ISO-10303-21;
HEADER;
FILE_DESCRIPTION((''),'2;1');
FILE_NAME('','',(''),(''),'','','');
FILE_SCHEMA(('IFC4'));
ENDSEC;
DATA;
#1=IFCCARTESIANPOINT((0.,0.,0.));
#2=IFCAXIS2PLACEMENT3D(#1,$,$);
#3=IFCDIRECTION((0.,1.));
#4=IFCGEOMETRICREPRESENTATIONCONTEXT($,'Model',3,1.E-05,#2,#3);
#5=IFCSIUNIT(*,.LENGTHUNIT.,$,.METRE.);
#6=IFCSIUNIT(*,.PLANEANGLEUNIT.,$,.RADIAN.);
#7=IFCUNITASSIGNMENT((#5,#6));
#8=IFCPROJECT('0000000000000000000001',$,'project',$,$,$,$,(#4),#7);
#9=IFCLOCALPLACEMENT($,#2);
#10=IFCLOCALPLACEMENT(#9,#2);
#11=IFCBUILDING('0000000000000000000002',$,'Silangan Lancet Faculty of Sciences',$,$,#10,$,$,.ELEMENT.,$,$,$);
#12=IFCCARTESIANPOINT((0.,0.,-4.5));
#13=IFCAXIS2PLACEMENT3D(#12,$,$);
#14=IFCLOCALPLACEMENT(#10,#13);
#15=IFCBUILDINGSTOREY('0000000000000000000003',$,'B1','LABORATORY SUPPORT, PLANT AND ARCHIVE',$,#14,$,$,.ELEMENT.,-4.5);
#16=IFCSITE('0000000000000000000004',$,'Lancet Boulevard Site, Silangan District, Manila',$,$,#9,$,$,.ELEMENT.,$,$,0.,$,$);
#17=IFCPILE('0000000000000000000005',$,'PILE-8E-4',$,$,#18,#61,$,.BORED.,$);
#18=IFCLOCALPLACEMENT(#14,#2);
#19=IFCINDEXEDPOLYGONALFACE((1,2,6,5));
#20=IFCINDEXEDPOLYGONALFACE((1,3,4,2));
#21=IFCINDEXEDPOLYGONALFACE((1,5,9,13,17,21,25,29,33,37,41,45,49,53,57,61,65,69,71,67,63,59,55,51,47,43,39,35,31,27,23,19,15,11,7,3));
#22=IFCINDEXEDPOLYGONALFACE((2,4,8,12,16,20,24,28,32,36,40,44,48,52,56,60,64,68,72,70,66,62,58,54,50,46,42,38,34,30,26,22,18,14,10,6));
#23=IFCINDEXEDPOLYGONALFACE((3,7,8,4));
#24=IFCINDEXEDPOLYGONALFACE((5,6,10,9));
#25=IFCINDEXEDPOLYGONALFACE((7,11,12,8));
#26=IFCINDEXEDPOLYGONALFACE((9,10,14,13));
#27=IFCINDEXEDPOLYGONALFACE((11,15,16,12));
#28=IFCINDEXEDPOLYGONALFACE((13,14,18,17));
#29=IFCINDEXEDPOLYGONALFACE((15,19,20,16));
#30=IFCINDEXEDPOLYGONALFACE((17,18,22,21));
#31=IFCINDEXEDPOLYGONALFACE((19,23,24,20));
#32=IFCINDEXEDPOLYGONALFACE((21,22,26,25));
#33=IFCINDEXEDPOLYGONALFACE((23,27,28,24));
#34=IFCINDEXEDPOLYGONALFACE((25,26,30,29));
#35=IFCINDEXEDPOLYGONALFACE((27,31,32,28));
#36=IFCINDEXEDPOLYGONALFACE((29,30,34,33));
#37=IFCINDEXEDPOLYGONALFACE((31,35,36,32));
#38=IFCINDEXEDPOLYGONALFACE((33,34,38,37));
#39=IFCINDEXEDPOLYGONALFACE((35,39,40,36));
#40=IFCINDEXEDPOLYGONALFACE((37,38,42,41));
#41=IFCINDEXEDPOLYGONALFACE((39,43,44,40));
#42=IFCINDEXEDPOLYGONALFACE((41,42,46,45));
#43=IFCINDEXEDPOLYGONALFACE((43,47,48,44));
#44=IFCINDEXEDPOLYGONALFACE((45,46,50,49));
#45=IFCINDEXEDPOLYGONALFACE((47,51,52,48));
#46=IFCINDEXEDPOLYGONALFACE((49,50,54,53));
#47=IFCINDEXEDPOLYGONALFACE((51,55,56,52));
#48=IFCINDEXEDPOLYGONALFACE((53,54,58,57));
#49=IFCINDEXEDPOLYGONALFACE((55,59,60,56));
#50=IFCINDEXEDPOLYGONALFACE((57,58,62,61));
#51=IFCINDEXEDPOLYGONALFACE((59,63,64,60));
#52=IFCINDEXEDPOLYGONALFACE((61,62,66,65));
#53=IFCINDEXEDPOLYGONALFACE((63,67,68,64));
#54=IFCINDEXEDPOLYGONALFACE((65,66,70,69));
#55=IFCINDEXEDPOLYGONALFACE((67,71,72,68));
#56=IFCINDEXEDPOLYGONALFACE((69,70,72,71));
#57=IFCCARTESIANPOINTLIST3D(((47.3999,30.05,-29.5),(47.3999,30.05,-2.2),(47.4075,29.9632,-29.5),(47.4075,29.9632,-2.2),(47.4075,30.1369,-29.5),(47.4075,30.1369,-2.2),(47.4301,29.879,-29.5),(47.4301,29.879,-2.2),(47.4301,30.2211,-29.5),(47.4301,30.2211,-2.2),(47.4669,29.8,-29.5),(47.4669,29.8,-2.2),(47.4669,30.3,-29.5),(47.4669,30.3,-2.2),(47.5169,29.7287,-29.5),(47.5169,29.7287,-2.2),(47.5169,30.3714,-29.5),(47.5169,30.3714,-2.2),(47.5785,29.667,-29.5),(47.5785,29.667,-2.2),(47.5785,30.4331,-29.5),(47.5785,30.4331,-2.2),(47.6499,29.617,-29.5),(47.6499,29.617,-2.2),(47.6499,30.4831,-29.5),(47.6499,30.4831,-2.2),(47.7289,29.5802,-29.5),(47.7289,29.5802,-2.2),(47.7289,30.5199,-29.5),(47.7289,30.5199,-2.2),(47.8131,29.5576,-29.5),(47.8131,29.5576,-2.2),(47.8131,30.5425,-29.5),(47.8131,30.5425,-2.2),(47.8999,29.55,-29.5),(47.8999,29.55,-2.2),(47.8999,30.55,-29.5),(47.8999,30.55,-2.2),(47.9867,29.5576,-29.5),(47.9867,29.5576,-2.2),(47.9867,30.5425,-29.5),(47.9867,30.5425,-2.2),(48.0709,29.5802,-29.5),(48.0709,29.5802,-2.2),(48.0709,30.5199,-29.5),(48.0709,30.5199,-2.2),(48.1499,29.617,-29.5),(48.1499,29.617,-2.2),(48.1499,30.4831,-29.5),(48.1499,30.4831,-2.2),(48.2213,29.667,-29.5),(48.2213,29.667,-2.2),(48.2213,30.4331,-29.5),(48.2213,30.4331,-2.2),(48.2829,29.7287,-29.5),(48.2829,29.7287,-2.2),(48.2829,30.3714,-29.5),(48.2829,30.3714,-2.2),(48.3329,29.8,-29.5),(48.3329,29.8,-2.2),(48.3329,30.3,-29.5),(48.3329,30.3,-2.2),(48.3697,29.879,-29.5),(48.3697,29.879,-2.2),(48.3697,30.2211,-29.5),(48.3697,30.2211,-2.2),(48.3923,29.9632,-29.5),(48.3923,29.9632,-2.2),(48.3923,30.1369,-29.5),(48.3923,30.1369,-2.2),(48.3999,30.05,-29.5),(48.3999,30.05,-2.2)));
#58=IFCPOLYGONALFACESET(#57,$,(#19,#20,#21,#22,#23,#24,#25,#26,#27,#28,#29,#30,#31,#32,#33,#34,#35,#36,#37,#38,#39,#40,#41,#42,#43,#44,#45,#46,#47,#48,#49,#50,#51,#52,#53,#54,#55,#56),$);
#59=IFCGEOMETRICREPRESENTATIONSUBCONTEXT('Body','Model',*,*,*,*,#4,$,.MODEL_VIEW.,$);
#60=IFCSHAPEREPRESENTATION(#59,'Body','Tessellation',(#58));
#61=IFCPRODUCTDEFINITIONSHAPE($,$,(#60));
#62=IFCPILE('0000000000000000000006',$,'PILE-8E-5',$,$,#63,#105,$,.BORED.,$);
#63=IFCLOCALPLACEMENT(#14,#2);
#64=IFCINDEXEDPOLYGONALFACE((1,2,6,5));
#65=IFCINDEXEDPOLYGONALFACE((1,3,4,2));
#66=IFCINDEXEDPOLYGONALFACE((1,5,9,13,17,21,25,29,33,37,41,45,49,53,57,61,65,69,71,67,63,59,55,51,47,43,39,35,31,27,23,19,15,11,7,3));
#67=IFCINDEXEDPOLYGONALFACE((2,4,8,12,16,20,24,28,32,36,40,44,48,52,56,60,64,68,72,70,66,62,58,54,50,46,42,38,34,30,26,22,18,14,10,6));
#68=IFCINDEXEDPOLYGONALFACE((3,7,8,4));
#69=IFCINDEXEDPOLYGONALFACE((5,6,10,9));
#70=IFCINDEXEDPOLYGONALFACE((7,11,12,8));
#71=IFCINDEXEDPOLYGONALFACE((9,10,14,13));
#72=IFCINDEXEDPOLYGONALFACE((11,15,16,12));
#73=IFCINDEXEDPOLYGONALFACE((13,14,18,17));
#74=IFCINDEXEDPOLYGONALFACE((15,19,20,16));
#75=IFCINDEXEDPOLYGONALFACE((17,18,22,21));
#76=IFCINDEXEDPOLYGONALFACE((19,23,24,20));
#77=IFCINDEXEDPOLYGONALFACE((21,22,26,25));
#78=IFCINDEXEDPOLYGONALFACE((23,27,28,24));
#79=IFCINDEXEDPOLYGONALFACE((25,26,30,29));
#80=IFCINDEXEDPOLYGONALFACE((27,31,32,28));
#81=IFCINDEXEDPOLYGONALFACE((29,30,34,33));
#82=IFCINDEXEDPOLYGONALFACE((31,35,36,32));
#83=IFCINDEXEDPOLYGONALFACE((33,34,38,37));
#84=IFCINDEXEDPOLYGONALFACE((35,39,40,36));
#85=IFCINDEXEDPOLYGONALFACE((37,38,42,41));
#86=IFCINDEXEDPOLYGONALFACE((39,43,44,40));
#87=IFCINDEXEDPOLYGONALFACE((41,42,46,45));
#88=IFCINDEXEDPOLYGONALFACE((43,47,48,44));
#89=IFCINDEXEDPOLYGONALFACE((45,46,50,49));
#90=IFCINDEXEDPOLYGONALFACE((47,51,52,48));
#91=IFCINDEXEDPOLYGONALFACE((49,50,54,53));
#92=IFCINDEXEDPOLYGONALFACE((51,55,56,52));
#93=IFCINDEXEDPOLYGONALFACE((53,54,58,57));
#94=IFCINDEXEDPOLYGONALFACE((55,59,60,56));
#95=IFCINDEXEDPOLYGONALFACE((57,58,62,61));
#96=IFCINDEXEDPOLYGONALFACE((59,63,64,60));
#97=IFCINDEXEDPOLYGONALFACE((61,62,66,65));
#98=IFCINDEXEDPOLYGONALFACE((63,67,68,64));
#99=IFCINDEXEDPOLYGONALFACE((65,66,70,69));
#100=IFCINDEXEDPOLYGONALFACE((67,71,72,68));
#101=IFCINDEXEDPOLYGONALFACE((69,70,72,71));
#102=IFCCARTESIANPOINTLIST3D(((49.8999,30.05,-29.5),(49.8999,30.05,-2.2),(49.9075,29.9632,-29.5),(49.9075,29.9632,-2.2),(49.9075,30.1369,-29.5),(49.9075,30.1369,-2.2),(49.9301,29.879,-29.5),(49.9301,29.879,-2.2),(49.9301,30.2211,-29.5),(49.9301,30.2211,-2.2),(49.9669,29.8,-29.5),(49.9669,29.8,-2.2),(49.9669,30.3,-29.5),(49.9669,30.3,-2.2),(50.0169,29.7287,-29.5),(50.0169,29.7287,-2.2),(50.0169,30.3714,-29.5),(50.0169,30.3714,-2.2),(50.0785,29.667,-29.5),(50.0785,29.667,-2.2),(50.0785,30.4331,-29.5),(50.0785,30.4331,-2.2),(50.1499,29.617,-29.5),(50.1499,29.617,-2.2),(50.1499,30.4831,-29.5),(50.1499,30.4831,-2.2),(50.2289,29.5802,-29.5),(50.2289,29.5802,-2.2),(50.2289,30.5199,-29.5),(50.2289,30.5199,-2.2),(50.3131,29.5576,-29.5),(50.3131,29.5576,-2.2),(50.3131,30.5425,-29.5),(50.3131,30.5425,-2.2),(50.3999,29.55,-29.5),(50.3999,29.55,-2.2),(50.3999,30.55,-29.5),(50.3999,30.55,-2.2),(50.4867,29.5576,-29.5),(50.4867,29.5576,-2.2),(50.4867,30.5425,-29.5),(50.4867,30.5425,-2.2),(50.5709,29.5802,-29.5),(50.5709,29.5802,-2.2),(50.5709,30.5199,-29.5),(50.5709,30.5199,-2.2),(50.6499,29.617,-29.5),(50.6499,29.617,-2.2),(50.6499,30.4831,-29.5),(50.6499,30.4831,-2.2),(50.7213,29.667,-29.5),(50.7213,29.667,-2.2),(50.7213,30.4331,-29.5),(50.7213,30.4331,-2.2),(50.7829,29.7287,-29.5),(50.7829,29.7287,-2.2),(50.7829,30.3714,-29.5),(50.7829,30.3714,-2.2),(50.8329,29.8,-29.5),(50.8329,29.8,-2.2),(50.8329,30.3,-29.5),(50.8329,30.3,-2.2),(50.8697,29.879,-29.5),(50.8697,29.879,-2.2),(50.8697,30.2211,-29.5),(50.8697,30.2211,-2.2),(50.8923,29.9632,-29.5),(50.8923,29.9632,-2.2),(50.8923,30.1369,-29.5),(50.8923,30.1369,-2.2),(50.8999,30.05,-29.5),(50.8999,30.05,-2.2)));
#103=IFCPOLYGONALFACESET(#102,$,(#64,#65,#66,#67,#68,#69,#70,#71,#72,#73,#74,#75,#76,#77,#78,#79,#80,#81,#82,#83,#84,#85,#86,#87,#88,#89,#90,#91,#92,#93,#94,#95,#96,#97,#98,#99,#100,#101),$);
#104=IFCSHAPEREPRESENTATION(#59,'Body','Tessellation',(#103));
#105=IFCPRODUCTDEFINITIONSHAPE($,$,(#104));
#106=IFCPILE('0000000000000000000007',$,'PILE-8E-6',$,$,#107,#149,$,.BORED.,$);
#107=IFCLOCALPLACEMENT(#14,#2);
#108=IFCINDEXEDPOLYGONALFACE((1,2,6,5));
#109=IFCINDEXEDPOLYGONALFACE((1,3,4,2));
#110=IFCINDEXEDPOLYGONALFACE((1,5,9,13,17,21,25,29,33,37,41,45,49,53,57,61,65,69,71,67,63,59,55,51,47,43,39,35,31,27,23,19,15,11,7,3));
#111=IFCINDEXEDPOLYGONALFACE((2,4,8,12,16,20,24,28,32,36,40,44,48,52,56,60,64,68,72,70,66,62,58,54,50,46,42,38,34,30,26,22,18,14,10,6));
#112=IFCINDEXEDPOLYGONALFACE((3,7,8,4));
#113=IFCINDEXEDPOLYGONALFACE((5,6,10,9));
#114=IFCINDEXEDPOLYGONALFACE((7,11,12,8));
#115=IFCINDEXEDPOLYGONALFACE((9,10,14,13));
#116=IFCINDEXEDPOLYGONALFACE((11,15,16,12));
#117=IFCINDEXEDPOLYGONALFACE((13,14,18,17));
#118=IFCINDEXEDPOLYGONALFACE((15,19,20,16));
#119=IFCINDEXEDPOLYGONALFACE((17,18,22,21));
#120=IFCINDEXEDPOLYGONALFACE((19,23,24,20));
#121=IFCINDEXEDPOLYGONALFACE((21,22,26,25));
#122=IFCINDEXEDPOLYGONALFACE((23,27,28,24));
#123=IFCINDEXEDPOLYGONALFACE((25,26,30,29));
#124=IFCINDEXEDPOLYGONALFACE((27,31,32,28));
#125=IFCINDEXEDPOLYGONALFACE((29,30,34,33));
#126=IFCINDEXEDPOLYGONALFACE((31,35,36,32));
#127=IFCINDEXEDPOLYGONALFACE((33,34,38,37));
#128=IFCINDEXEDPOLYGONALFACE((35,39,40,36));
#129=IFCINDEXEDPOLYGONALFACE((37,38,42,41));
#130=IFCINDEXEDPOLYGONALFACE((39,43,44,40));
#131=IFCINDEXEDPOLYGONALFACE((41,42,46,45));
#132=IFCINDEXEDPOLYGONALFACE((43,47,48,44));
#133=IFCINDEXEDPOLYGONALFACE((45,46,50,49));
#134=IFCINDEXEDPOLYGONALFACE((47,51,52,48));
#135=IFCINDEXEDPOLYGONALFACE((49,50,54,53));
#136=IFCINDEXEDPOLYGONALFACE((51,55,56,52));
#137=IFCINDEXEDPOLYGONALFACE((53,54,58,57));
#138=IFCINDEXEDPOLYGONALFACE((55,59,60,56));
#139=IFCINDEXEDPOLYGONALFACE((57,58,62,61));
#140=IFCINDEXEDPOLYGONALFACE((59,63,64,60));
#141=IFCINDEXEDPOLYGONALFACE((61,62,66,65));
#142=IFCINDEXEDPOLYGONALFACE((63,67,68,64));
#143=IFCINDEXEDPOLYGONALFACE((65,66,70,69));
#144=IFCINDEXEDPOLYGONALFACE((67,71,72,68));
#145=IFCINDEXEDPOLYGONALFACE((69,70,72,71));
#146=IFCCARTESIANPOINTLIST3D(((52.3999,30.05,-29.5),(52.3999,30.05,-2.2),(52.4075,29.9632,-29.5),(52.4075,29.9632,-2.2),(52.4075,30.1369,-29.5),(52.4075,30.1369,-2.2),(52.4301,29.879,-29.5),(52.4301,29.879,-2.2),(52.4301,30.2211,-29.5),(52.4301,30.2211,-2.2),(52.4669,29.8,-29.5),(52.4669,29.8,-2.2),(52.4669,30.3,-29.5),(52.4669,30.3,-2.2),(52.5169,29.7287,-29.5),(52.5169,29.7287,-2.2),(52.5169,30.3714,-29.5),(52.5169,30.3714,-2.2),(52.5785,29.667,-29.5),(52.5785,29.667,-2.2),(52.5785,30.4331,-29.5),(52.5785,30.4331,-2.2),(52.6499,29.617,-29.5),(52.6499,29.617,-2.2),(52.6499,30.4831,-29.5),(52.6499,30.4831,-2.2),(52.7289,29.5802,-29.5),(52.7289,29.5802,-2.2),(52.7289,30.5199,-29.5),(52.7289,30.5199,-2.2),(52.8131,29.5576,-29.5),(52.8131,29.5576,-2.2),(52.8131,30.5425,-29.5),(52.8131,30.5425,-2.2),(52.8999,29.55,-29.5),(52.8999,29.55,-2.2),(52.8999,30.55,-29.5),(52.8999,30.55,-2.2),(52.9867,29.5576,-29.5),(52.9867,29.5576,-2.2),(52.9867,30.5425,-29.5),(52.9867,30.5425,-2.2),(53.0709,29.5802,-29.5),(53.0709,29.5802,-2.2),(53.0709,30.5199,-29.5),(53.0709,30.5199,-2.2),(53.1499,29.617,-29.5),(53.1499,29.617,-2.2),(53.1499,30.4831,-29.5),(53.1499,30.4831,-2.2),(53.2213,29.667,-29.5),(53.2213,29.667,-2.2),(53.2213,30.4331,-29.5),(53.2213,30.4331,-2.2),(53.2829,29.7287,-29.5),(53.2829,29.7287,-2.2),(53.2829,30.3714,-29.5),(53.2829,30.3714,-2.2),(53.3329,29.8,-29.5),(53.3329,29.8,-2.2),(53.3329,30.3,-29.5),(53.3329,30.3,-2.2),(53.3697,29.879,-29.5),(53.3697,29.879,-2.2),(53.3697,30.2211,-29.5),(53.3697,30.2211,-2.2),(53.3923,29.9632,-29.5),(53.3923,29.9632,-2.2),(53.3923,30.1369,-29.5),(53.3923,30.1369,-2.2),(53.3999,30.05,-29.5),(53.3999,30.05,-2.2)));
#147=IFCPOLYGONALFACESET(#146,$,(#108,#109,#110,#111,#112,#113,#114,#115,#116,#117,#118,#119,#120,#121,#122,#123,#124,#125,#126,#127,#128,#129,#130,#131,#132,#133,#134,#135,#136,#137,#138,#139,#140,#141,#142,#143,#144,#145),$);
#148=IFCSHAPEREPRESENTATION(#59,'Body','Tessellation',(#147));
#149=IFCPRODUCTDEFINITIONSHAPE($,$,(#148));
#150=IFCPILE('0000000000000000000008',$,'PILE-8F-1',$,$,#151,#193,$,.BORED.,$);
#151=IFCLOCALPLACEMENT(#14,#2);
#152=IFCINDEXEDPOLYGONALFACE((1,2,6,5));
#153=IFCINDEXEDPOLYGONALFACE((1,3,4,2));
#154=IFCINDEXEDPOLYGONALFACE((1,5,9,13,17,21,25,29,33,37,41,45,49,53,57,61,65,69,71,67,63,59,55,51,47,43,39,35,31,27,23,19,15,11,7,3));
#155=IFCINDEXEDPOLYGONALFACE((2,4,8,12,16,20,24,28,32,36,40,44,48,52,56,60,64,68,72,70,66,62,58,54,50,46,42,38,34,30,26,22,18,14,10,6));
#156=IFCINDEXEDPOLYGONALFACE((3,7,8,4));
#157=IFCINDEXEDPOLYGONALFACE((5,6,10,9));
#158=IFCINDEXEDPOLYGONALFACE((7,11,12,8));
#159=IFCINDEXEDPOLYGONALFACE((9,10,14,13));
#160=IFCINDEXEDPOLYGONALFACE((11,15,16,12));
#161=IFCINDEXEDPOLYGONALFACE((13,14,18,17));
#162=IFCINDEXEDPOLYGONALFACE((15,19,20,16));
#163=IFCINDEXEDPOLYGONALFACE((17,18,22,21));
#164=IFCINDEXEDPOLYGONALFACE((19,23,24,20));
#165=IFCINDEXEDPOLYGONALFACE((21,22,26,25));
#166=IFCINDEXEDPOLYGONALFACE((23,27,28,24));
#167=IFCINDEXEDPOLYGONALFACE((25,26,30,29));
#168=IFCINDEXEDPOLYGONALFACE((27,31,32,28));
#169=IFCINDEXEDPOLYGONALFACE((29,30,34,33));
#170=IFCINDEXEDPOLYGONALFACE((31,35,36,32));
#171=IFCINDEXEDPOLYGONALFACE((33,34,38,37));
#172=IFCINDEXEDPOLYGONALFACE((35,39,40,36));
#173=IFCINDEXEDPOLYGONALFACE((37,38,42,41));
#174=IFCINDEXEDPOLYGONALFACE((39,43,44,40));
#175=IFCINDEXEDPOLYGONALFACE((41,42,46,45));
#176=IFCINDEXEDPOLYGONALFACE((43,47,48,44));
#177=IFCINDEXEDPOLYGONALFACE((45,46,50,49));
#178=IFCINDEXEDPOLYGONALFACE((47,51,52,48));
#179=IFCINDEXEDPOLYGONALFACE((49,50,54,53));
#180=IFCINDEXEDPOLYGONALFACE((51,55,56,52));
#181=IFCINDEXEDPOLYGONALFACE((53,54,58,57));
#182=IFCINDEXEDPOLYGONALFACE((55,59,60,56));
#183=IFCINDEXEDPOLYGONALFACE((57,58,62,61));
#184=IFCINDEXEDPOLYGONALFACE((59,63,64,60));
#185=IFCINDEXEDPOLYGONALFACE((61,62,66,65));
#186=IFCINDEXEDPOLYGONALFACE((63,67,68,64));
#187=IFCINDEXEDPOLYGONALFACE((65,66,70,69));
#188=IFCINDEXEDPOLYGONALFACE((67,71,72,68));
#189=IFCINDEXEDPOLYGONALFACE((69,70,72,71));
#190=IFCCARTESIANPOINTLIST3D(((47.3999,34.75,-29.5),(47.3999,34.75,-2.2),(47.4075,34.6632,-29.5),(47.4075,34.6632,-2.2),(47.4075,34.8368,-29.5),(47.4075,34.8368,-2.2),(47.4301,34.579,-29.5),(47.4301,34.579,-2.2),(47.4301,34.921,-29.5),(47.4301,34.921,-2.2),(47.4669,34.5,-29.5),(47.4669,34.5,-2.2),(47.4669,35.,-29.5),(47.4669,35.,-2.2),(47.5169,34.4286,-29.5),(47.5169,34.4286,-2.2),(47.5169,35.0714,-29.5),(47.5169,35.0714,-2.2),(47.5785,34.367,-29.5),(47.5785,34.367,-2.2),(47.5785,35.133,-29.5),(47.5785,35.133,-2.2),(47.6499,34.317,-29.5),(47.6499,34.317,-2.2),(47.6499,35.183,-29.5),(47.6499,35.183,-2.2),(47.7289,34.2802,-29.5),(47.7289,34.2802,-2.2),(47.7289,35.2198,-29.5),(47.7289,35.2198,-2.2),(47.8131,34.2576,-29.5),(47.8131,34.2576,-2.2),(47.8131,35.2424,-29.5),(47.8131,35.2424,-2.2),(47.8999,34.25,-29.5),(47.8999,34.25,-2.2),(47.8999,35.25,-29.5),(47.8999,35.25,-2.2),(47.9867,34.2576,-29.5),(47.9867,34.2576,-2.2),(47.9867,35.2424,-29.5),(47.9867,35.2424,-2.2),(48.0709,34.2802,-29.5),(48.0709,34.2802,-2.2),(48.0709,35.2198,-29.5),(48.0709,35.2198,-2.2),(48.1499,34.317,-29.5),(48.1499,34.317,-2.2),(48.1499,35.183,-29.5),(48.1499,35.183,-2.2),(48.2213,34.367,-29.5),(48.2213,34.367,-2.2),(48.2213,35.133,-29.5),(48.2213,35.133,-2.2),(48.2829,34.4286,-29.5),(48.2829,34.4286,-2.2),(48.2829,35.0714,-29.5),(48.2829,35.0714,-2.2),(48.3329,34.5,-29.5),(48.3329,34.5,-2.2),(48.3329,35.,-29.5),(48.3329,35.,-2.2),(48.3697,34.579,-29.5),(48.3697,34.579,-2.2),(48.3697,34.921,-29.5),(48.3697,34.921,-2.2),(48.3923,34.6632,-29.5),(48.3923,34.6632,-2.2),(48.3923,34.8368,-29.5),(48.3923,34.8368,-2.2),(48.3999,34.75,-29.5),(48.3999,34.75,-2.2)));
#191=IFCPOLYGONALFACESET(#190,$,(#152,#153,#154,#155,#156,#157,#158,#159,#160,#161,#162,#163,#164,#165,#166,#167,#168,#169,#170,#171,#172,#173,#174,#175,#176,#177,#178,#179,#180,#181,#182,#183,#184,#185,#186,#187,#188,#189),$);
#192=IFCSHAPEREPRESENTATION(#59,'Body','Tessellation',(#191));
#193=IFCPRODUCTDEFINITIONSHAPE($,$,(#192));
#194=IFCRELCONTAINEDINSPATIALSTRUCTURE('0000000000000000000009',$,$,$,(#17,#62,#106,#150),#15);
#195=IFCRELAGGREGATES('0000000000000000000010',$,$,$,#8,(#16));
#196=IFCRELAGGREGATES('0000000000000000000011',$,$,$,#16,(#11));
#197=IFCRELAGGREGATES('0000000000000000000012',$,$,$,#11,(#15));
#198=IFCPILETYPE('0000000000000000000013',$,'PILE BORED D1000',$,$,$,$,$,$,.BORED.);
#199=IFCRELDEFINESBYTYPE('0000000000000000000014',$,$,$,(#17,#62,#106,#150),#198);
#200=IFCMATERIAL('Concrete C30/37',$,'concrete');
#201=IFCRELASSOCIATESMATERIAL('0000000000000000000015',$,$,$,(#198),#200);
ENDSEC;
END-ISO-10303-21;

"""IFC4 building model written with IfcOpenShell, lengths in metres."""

from ifc_helpers import new_model, si_unit, direction, frame, origin, origin_2d, place, context, subcontext, project, spatial, circle, extrude, material, material_profile, profile_set, type_object, element, save


model = new_model("IFC4")

# Units and contexts
model_context = context("Model", 3, precision=1e-05, world=origin(), true_north=direction((0.0, 1.0)))
body_context = subcontext(model_context, "Body", "Model", "MODEL_VIEW")
ifc_project = project(units=[si_unit("LENGTHUNIT", "METRE"), si_unit("PLANEANGLEUNIT", "RADIAN")], contexts=[model_context])

# Site, building, storey
site_placement = place(None, origin())
site = spatial("IfcSite", under=ifc_project, at=site_placement, Name="Lancet Boulevard Site, Silangan District, Manila", CompositionType="ELEMENT", RefElevation=0.0)
building_placement = place(site_placement, origin())
building = spatial("IfcBuilding", under=site, at=building_placement, Name="Silangan Lancet Faculty of Sciences", CompositionType="ELEMENT")
storey_placement = place(building_placement, frame((0.0, 0.0, -4.5)))
storey = spatial("IfcBuildingStorey", under=building, at=storey_placement, Name="B1", Description="LABORATORY SUPPORT, PLANT AND ARCHIVE", CompositionType="ELEMENT", Elevation=-4.5)

# Piles
ifc_material_1 = material(Name="Concrete C30/37", Category="concrete")
ifc_material_profile_1 = material_profile(ifc_material_1, circle(Radius=0.5, at=origin_2d()), Name="BORED PILE D1000")
ifc_profile_set_1 = profile_set([ifc_material_profile_1], Name="Concrete C30/37")
pile_type = type_object("IfcPileType", Name="PILE BORED D1000", PredefinedType="BORED", material=ifc_profile_set_1)
for number, where, z_axis, x_axis, name in (
    (1, (47.8999, 30.05, -2.2), (0.0, 0.0, -1.0), (1.0, 0.0, 0.0), "PILE-8E-4"),
    (2, (50.3999, 30.05, -2.2), (0.0, 0.0, -1.0), (1.0, 0.0, 0.0), "PILE-8E-5"),
    (3, (52.8999, 30.05, -2.2), (0.0, 0.0, -1.0), (1.0, 0.0, 0.0), "PILE-8E-6"),
    (4, (47.8999, 34.75, -2.2), (0.0, 0.0, -1.0), (1.0, 0.0, 0.0), "PILE-8F-1"),
):
    element("IfcPile", number, at=place(storey_placement, frame(where, z_axis=z_axis, x_axis=x_axis)), inside=storey, type_object=pile_type, Name=name, PredefinedType="BORED", context=body_context, shape_type="SweptSolid", body=[
        extrude(circle(Radius=0.5, at=origin_2d()), origin(), (0.0, 0.0, 1.0), 27.3),
    ])

save(model, "model.ifc")
